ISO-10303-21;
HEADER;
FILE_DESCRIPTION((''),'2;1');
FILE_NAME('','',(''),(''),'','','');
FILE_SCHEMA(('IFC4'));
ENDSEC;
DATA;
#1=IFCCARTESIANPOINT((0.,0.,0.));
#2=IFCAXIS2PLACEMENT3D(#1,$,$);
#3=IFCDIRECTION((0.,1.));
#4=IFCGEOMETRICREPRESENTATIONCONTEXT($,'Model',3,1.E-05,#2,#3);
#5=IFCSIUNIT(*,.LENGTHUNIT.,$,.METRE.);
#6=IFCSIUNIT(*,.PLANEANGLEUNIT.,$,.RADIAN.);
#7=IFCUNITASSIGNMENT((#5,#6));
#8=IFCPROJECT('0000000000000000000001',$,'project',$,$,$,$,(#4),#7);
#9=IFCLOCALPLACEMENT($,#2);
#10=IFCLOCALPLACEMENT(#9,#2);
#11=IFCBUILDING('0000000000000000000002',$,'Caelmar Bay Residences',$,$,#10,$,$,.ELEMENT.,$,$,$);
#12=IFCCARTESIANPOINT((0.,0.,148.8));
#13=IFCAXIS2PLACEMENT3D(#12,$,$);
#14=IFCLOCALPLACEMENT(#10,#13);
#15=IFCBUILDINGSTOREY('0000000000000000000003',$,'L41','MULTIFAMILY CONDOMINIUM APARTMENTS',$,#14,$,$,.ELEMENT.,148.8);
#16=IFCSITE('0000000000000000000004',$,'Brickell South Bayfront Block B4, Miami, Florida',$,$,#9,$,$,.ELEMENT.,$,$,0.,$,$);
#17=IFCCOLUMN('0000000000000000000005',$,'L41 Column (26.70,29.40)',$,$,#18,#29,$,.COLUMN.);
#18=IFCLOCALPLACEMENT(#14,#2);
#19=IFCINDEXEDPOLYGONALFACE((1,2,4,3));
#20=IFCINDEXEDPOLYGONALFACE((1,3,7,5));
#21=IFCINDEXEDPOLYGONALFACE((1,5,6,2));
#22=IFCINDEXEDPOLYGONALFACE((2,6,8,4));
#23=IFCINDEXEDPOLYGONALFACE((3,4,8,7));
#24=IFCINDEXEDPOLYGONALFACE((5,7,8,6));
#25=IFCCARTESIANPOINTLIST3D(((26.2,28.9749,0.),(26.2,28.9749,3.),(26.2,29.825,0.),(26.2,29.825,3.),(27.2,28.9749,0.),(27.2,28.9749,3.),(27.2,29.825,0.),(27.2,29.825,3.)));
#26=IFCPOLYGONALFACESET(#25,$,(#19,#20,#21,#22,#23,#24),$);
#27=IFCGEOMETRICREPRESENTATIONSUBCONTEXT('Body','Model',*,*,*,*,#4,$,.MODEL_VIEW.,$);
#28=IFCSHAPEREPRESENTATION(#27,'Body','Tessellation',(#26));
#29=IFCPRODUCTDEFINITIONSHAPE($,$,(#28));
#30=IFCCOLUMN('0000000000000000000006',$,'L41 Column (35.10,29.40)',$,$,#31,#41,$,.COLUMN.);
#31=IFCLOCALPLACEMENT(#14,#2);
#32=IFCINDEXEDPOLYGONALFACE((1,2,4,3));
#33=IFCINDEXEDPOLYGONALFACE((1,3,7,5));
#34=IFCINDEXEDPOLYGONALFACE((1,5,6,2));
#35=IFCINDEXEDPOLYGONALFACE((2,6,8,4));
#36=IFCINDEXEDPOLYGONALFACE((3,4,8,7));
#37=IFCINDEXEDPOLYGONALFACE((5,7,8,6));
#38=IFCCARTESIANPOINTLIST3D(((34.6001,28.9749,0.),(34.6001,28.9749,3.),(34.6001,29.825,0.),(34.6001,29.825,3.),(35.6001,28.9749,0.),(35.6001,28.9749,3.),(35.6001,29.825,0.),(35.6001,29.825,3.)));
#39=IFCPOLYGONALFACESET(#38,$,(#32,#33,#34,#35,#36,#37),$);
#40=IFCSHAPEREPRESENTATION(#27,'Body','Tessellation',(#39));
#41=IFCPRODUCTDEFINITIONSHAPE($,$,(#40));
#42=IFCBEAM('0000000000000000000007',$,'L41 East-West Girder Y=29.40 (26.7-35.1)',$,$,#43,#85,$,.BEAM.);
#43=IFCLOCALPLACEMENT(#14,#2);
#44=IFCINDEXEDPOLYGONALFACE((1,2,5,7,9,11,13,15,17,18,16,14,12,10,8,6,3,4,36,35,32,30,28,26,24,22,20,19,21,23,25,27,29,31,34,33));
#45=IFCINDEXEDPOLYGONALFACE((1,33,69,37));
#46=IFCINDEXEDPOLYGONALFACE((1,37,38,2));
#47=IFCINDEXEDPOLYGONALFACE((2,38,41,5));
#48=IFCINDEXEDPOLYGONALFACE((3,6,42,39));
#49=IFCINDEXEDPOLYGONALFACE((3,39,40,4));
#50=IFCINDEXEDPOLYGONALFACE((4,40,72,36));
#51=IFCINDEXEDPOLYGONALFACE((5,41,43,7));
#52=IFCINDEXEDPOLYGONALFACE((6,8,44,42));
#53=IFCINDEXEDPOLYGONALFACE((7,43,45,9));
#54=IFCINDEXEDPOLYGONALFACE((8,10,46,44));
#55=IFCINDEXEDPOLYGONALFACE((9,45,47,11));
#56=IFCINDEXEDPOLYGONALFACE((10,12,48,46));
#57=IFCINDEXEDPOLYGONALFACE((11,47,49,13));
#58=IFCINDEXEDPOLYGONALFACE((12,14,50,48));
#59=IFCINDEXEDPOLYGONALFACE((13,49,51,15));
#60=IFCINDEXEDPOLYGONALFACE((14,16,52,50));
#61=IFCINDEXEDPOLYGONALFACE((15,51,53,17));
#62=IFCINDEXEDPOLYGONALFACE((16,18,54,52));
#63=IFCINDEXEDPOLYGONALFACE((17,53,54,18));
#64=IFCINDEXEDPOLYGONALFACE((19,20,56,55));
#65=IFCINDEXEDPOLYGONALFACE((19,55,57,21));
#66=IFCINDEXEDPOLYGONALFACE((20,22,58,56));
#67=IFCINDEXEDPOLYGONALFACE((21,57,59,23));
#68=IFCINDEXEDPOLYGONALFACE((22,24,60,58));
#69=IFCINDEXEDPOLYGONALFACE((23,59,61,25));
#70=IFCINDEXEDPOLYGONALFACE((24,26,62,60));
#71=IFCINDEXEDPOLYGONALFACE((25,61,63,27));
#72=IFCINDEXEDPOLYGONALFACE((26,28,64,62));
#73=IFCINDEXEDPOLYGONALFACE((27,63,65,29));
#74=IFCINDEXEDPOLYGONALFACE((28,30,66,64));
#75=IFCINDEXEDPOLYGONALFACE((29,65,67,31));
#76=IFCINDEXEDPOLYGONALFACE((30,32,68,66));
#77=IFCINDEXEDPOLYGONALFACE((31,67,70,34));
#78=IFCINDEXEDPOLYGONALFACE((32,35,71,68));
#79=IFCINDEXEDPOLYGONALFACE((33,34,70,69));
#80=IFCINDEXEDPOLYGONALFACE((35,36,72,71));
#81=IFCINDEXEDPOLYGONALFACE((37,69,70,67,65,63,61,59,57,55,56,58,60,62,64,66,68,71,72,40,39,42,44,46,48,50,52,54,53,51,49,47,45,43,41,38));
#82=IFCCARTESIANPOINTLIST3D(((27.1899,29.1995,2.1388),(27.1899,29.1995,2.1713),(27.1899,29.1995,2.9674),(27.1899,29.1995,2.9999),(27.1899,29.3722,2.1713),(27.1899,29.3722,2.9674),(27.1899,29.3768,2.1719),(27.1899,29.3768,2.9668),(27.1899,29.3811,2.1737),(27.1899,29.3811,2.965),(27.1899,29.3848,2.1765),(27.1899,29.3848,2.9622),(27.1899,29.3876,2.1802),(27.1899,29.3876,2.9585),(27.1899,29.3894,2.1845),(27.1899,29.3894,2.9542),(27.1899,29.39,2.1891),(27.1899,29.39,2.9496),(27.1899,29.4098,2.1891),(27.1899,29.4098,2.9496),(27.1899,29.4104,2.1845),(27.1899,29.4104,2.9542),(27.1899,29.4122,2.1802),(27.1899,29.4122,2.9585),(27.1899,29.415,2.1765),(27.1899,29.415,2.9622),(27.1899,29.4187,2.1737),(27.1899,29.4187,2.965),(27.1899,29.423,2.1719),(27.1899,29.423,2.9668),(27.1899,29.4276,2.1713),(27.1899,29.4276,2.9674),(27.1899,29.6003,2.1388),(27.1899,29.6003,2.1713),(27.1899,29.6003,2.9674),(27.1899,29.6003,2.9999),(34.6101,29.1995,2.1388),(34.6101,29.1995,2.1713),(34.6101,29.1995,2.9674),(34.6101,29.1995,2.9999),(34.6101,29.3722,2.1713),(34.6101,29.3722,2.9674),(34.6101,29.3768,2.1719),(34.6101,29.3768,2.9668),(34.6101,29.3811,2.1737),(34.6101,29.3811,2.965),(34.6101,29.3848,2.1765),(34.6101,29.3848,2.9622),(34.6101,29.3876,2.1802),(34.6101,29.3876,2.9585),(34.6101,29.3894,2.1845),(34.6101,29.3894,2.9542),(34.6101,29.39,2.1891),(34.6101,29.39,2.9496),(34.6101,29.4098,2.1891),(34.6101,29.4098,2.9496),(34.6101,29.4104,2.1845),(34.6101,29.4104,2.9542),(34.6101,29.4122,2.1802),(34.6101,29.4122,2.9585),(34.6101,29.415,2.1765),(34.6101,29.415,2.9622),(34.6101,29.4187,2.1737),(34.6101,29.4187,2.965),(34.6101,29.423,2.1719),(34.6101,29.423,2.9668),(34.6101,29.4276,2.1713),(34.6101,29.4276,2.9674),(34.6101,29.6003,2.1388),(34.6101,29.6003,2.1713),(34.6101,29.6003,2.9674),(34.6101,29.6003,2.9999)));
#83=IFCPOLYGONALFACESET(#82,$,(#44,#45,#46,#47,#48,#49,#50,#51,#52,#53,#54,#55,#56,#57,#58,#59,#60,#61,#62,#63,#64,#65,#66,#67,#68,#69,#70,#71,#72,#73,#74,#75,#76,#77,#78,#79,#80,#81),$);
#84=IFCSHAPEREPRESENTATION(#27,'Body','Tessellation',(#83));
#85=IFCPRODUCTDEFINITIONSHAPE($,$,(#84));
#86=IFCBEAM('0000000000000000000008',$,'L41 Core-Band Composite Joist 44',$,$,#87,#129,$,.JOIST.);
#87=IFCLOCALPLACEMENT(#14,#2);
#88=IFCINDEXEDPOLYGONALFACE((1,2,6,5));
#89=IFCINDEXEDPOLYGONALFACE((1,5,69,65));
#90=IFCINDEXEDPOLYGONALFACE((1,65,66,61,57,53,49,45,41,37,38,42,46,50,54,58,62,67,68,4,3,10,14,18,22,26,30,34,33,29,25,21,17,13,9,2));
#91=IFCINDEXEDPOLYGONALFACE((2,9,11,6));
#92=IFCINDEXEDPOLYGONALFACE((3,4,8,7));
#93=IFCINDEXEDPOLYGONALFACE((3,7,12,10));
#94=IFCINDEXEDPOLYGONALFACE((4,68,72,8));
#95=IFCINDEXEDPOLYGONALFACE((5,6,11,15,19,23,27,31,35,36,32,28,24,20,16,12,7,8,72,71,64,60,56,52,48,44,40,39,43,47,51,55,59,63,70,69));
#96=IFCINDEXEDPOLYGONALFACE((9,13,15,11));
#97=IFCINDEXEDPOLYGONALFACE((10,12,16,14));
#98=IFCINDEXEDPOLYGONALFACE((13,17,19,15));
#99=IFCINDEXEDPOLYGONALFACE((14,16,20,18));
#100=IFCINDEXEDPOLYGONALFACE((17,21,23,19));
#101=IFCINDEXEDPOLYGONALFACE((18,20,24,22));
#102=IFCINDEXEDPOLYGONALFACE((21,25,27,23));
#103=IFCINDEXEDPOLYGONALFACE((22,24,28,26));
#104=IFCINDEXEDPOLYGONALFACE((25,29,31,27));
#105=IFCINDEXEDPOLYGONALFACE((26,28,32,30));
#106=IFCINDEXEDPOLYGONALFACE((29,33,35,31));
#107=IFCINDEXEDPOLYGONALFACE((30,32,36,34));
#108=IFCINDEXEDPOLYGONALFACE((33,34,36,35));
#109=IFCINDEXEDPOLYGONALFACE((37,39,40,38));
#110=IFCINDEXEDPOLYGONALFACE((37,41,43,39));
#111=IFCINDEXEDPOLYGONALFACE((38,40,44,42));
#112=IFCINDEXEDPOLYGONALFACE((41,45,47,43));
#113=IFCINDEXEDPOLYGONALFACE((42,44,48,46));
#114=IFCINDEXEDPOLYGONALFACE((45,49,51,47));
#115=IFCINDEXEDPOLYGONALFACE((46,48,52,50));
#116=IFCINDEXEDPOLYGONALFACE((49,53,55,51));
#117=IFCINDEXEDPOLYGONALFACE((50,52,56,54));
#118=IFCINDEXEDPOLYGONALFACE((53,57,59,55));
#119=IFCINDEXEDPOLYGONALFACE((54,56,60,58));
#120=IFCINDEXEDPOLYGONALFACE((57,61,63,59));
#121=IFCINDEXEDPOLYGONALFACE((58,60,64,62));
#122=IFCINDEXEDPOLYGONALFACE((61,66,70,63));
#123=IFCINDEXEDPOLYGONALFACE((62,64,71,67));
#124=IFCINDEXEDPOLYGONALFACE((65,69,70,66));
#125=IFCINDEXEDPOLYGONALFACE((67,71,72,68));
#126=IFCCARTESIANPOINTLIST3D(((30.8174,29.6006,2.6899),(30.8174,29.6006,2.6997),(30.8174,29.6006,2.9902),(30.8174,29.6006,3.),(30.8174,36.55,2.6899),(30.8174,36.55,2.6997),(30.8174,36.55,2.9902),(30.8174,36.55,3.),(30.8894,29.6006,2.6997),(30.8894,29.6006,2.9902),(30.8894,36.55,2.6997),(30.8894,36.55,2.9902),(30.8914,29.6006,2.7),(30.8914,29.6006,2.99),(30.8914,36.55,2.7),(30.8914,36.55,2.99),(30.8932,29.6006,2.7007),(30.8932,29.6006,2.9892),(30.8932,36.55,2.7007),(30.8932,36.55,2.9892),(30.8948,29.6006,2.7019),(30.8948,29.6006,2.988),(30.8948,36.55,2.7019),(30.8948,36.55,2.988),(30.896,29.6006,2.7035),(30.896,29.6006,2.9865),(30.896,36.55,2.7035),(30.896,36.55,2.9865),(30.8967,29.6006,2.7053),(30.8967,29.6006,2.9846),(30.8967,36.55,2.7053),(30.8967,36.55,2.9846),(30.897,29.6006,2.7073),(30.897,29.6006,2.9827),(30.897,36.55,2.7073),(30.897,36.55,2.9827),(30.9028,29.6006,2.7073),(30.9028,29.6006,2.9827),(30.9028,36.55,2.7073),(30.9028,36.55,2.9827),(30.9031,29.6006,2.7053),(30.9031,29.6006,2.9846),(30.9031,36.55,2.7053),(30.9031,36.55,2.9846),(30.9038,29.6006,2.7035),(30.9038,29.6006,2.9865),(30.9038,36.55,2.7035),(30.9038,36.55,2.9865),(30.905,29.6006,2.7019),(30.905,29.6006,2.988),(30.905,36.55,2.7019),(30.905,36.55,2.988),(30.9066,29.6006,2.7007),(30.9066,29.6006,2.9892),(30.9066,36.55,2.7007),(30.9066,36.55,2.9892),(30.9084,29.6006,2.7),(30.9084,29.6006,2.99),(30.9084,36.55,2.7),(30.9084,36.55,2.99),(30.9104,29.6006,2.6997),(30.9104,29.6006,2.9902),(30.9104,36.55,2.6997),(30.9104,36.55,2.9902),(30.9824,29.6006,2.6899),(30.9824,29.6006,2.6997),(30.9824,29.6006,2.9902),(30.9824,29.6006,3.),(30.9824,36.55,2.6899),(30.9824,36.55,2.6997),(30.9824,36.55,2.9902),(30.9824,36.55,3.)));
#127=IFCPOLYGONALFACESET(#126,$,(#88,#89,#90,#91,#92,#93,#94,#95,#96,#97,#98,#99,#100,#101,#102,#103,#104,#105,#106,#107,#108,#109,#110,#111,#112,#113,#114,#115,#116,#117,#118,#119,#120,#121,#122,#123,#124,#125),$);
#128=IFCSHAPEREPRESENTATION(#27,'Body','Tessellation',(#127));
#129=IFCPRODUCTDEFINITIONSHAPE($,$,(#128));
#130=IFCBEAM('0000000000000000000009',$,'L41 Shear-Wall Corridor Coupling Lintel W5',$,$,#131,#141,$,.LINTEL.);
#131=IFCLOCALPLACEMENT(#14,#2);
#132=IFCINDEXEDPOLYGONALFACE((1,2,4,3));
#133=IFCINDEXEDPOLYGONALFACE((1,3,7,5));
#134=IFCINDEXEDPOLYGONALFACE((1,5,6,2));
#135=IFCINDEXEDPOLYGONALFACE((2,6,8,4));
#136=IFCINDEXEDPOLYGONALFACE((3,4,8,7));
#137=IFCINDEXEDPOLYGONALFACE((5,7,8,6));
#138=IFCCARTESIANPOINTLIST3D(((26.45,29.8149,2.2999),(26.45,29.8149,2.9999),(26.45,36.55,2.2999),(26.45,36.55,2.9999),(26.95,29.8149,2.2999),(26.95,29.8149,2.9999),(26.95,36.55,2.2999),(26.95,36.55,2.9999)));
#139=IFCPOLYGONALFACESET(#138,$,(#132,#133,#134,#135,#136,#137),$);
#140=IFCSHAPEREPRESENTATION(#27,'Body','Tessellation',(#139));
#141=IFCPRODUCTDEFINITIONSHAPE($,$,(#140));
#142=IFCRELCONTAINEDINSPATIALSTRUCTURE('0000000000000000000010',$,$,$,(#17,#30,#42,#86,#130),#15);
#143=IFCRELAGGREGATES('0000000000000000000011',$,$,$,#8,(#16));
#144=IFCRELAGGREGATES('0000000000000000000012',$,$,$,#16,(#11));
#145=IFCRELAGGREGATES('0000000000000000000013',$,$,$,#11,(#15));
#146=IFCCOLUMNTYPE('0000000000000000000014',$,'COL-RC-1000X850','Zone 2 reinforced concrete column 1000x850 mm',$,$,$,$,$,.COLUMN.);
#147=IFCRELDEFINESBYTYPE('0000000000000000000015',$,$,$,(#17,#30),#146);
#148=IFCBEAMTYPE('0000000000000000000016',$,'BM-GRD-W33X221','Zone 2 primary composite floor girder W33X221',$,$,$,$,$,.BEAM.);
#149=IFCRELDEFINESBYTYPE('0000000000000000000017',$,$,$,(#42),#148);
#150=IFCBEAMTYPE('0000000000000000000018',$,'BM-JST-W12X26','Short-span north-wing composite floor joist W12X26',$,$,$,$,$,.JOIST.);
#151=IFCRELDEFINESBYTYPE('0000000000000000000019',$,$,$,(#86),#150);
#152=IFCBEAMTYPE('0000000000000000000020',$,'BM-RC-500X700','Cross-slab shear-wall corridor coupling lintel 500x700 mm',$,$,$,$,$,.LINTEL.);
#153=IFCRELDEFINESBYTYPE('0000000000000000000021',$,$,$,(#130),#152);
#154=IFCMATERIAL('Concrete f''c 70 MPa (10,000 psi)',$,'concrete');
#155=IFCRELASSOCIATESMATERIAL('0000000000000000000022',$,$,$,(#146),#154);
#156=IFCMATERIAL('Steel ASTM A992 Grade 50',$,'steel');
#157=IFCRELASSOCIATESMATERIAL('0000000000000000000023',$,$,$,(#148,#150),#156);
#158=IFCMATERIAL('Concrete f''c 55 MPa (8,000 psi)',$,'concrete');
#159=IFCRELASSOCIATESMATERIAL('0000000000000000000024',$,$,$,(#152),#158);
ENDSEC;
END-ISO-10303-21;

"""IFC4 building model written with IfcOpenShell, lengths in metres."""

from ifc_helpers import new_model, si_unit, direction, frame, origin, origin_2d, place, context, subcontext, project, spatial, rectangle, i_section, extrude, material, material_profile, profile_set, type_object, element, save


model = new_model("IFC4")

# Units and contexts
model_context = context("Model", 3, precision=1e-05, world=origin(), true_north=direction((0.0, 1.0)))
body_context = subcontext(model_context, "Body", "Model", "MODEL_VIEW")
ifc_project = project(units=[si_unit("LENGTHUNIT", "METRE"), si_unit("PLANEANGLEUNIT", "RADIAN")], contexts=[model_context])

# Site, building, storey
site_placement = place(None, origin())
site = spatial("IfcSite", under=ifc_project, at=site_placement, Name="Brickell South Bayfront Block B4, Miami, Florida", CompositionType="ELEMENT", RefElevation=0.0)
building_placement = place(site_placement, origin())
building = spatial("IfcBuilding", under=site, at=building_placement, Name="Caelmar Bay Residences", CompositionType="ELEMENT")
storey_placement = place(building_placement, frame((0.0, 0.0, 148.8)))
storey = spatial("IfcBuildingStorey", under=building, at=storey_placement, Name="L41", Description="MULTIFAMILY CONDOMINIUM APARTMENTS", CompositionType="ELEMENT", Elevation=148.8)

# Columns
ifc_material_1 = material(Name="Concrete f'c 70 MPa (10,000 psi)", Category="concrete")
ifc_material_profile_1 = material_profile(ifc_material_1, rectangle(XDim=1.0, YDim=0.8501, at=origin_2d()), Name="RC-COL-1000X850")
ifc_profile_set_1 = profile_set([ifc_material_profile_1], Name="Concrete f'c 70 MPa (10,000 psi)")
column_type = type_object("IfcColumnType", Name="COL-RC-1000X850", Description="Zone 2 reinforced concrete column 1000x850 mm", PredefinedType="COLUMN", material=ifc_profile_set_1)
for number, where, z_axis, x_axis, name in (
    (1, (26.7, 29.3999, 0.0), (0.0, 0.0, 1.0), (1.0, 0.0, 0.0), "L41 Column (26.70,29.40)"),
    (2, (35.1001, 29.3999, 0.0), (0.0, 0.0, 1.0), (1.0, 0.0, 0.0), "L41 Column (35.10,29.40)"),
):
    element("IfcColumn", number, at=place(storey_placement, frame(where, z_axis=z_axis, x_axis=x_axis)), inside=storey, type_object=column_type, Name=name, PredefinedType="COLUMN", context=body_context, shape_type="SweptSolid", body=[
        extrude(rectangle(XDim=1.0, YDim=0.8501, at=origin_2d()), origin(), (0.0, 0.0, 1.0), 3.0),
    ])

# Beams
ifc_material_2 = material(Name="Steel ASTM A992 Grade 50", Category="steel")
ifc_material_profile_2 = material_profile(ifc_material_2, i_section(OverallWidth=0.4009, OverallDepth=0.8611, WebThickness=0.0198, FlangeThickness=0.0325, FilletRadius=0.0178, at=origin_2d()), Name="W33X221")
ifc_profile_set_2 = profile_set([ifc_material_profile_2], Name="Steel ASTM A992 Grade 50")
beam_type_1 = type_object("IfcBeamType", Name="BM-GRD-W33X221", Description="Zone 2 primary composite floor girder W33X221", PredefinedType="BEAM", material=ifc_profile_set_2)
beam_1_placement = place(storey_placement, frame((27.1899, 29.3999, 2.5693), z_axis=(1.0, 0.0, 0.0), x_axis=(0.0, 1.0, 0.0)))
element("IfcBeam", 3, at=beam_1_placement, inside=storey, type_object=beam_type_1, Name="L41 East-West Girder Y=29.40 (26.7-35.1)", PredefinedType="BEAM", context=body_context, shape_type="SweptSolid", body=[
    extrude(i_section(OverallWidth=0.4009, OverallDepth=0.8611, WebThickness=0.0198, FlangeThickness=0.0325, FilletRadius=0.0178, at=origin_2d()), origin(), (0.0, 0.0, 1.0), 7.4202),
])
ifc_material_profile_3 = material_profile(ifc_material_2, i_section(OverallWidth=0.165, OverallDepth=0.3101, WebThickness=0.0059, FlangeThickness=0.0098, FilletRadius=0.0076, at=origin_2d()), Name="W12X26")
ifc_profile_set_3 = profile_set([ifc_material_profile_3], Name="Steel ASTM A992 Grade 50")
beam_type_2 = type_object("IfcBeamType", Name="BM-JST-W12X26", Description="Short-span north-wing composite floor joist W12X26", PredefinedType="JOIST", material=ifc_profile_set_3)
beam_2_placement = place(storey_placement, frame((30.8999, 29.6006, 2.845), z_axis=(0.0, 1.0, 0.0), x_axis=(-1.0, 0.0, 0.0)))
element("IfcBeam", 4, at=beam_2_placement, inside=storey, type_object=beam_type_2, Name="L41 Core-Band Composite Joist 44", PredefinedType="JOIST", context=body_context, shape_type="SweptSolid", body=[
    extrude(i_section(OverallWidth=0.165, OverallDepth=0.3101, WebThickness=0.0059, FlangeThickness=0.0098, FilletRadius=0.0076, at=origin_2d()), origin(), (0.0, 0.0, 1.0), 6.9495),
])
ifc_material_3 = material(Name="Concrete f'c 55 MPa (8,000 psi)", Category="concrete")
ifc_material_profile_4 = material_profile(ifc_material_3, rectangle(XDim=0.5, YDim=0.7, at=origin_2d()), Name="RC-BM-500X700")
ifc_profile_set_4 = profile_set([ifc_material_profile_4], Name="Concrete f'c 55 MPa (8,000 psi)")
beam_type_3 = type_object("IfcBeamType", Name="BM-RC-500X700", Description="Cross-slab shear-wall corridor coupling lintel 500x700 mm", PredefinedType="LINTEL", material=ifc_profile_set_4)
beam_3_placement = place(storey_placement, frame((26.7, 29.8149, 2.6499), z_axis=(0.0, 1.0, 0.0), x_axis=(-1.0, 0.0, 0.0)))
element("IfcBeam", 5, at=beam_3_placement, inside=storey, type_object=beam_type_3, Name="L41 Shear-Wall Corridor Coupling Lintel W5", PredefinedType="LINTEL", context=body_context, shape_type="SweptSolid", body=[
    extrude(rectangle(XDim=0.5, YDim=0.7, at=origin_2d()), origin(), (0.0, 0.0, 1.0), 6.7351),
])

save(model, "model.ifc")
